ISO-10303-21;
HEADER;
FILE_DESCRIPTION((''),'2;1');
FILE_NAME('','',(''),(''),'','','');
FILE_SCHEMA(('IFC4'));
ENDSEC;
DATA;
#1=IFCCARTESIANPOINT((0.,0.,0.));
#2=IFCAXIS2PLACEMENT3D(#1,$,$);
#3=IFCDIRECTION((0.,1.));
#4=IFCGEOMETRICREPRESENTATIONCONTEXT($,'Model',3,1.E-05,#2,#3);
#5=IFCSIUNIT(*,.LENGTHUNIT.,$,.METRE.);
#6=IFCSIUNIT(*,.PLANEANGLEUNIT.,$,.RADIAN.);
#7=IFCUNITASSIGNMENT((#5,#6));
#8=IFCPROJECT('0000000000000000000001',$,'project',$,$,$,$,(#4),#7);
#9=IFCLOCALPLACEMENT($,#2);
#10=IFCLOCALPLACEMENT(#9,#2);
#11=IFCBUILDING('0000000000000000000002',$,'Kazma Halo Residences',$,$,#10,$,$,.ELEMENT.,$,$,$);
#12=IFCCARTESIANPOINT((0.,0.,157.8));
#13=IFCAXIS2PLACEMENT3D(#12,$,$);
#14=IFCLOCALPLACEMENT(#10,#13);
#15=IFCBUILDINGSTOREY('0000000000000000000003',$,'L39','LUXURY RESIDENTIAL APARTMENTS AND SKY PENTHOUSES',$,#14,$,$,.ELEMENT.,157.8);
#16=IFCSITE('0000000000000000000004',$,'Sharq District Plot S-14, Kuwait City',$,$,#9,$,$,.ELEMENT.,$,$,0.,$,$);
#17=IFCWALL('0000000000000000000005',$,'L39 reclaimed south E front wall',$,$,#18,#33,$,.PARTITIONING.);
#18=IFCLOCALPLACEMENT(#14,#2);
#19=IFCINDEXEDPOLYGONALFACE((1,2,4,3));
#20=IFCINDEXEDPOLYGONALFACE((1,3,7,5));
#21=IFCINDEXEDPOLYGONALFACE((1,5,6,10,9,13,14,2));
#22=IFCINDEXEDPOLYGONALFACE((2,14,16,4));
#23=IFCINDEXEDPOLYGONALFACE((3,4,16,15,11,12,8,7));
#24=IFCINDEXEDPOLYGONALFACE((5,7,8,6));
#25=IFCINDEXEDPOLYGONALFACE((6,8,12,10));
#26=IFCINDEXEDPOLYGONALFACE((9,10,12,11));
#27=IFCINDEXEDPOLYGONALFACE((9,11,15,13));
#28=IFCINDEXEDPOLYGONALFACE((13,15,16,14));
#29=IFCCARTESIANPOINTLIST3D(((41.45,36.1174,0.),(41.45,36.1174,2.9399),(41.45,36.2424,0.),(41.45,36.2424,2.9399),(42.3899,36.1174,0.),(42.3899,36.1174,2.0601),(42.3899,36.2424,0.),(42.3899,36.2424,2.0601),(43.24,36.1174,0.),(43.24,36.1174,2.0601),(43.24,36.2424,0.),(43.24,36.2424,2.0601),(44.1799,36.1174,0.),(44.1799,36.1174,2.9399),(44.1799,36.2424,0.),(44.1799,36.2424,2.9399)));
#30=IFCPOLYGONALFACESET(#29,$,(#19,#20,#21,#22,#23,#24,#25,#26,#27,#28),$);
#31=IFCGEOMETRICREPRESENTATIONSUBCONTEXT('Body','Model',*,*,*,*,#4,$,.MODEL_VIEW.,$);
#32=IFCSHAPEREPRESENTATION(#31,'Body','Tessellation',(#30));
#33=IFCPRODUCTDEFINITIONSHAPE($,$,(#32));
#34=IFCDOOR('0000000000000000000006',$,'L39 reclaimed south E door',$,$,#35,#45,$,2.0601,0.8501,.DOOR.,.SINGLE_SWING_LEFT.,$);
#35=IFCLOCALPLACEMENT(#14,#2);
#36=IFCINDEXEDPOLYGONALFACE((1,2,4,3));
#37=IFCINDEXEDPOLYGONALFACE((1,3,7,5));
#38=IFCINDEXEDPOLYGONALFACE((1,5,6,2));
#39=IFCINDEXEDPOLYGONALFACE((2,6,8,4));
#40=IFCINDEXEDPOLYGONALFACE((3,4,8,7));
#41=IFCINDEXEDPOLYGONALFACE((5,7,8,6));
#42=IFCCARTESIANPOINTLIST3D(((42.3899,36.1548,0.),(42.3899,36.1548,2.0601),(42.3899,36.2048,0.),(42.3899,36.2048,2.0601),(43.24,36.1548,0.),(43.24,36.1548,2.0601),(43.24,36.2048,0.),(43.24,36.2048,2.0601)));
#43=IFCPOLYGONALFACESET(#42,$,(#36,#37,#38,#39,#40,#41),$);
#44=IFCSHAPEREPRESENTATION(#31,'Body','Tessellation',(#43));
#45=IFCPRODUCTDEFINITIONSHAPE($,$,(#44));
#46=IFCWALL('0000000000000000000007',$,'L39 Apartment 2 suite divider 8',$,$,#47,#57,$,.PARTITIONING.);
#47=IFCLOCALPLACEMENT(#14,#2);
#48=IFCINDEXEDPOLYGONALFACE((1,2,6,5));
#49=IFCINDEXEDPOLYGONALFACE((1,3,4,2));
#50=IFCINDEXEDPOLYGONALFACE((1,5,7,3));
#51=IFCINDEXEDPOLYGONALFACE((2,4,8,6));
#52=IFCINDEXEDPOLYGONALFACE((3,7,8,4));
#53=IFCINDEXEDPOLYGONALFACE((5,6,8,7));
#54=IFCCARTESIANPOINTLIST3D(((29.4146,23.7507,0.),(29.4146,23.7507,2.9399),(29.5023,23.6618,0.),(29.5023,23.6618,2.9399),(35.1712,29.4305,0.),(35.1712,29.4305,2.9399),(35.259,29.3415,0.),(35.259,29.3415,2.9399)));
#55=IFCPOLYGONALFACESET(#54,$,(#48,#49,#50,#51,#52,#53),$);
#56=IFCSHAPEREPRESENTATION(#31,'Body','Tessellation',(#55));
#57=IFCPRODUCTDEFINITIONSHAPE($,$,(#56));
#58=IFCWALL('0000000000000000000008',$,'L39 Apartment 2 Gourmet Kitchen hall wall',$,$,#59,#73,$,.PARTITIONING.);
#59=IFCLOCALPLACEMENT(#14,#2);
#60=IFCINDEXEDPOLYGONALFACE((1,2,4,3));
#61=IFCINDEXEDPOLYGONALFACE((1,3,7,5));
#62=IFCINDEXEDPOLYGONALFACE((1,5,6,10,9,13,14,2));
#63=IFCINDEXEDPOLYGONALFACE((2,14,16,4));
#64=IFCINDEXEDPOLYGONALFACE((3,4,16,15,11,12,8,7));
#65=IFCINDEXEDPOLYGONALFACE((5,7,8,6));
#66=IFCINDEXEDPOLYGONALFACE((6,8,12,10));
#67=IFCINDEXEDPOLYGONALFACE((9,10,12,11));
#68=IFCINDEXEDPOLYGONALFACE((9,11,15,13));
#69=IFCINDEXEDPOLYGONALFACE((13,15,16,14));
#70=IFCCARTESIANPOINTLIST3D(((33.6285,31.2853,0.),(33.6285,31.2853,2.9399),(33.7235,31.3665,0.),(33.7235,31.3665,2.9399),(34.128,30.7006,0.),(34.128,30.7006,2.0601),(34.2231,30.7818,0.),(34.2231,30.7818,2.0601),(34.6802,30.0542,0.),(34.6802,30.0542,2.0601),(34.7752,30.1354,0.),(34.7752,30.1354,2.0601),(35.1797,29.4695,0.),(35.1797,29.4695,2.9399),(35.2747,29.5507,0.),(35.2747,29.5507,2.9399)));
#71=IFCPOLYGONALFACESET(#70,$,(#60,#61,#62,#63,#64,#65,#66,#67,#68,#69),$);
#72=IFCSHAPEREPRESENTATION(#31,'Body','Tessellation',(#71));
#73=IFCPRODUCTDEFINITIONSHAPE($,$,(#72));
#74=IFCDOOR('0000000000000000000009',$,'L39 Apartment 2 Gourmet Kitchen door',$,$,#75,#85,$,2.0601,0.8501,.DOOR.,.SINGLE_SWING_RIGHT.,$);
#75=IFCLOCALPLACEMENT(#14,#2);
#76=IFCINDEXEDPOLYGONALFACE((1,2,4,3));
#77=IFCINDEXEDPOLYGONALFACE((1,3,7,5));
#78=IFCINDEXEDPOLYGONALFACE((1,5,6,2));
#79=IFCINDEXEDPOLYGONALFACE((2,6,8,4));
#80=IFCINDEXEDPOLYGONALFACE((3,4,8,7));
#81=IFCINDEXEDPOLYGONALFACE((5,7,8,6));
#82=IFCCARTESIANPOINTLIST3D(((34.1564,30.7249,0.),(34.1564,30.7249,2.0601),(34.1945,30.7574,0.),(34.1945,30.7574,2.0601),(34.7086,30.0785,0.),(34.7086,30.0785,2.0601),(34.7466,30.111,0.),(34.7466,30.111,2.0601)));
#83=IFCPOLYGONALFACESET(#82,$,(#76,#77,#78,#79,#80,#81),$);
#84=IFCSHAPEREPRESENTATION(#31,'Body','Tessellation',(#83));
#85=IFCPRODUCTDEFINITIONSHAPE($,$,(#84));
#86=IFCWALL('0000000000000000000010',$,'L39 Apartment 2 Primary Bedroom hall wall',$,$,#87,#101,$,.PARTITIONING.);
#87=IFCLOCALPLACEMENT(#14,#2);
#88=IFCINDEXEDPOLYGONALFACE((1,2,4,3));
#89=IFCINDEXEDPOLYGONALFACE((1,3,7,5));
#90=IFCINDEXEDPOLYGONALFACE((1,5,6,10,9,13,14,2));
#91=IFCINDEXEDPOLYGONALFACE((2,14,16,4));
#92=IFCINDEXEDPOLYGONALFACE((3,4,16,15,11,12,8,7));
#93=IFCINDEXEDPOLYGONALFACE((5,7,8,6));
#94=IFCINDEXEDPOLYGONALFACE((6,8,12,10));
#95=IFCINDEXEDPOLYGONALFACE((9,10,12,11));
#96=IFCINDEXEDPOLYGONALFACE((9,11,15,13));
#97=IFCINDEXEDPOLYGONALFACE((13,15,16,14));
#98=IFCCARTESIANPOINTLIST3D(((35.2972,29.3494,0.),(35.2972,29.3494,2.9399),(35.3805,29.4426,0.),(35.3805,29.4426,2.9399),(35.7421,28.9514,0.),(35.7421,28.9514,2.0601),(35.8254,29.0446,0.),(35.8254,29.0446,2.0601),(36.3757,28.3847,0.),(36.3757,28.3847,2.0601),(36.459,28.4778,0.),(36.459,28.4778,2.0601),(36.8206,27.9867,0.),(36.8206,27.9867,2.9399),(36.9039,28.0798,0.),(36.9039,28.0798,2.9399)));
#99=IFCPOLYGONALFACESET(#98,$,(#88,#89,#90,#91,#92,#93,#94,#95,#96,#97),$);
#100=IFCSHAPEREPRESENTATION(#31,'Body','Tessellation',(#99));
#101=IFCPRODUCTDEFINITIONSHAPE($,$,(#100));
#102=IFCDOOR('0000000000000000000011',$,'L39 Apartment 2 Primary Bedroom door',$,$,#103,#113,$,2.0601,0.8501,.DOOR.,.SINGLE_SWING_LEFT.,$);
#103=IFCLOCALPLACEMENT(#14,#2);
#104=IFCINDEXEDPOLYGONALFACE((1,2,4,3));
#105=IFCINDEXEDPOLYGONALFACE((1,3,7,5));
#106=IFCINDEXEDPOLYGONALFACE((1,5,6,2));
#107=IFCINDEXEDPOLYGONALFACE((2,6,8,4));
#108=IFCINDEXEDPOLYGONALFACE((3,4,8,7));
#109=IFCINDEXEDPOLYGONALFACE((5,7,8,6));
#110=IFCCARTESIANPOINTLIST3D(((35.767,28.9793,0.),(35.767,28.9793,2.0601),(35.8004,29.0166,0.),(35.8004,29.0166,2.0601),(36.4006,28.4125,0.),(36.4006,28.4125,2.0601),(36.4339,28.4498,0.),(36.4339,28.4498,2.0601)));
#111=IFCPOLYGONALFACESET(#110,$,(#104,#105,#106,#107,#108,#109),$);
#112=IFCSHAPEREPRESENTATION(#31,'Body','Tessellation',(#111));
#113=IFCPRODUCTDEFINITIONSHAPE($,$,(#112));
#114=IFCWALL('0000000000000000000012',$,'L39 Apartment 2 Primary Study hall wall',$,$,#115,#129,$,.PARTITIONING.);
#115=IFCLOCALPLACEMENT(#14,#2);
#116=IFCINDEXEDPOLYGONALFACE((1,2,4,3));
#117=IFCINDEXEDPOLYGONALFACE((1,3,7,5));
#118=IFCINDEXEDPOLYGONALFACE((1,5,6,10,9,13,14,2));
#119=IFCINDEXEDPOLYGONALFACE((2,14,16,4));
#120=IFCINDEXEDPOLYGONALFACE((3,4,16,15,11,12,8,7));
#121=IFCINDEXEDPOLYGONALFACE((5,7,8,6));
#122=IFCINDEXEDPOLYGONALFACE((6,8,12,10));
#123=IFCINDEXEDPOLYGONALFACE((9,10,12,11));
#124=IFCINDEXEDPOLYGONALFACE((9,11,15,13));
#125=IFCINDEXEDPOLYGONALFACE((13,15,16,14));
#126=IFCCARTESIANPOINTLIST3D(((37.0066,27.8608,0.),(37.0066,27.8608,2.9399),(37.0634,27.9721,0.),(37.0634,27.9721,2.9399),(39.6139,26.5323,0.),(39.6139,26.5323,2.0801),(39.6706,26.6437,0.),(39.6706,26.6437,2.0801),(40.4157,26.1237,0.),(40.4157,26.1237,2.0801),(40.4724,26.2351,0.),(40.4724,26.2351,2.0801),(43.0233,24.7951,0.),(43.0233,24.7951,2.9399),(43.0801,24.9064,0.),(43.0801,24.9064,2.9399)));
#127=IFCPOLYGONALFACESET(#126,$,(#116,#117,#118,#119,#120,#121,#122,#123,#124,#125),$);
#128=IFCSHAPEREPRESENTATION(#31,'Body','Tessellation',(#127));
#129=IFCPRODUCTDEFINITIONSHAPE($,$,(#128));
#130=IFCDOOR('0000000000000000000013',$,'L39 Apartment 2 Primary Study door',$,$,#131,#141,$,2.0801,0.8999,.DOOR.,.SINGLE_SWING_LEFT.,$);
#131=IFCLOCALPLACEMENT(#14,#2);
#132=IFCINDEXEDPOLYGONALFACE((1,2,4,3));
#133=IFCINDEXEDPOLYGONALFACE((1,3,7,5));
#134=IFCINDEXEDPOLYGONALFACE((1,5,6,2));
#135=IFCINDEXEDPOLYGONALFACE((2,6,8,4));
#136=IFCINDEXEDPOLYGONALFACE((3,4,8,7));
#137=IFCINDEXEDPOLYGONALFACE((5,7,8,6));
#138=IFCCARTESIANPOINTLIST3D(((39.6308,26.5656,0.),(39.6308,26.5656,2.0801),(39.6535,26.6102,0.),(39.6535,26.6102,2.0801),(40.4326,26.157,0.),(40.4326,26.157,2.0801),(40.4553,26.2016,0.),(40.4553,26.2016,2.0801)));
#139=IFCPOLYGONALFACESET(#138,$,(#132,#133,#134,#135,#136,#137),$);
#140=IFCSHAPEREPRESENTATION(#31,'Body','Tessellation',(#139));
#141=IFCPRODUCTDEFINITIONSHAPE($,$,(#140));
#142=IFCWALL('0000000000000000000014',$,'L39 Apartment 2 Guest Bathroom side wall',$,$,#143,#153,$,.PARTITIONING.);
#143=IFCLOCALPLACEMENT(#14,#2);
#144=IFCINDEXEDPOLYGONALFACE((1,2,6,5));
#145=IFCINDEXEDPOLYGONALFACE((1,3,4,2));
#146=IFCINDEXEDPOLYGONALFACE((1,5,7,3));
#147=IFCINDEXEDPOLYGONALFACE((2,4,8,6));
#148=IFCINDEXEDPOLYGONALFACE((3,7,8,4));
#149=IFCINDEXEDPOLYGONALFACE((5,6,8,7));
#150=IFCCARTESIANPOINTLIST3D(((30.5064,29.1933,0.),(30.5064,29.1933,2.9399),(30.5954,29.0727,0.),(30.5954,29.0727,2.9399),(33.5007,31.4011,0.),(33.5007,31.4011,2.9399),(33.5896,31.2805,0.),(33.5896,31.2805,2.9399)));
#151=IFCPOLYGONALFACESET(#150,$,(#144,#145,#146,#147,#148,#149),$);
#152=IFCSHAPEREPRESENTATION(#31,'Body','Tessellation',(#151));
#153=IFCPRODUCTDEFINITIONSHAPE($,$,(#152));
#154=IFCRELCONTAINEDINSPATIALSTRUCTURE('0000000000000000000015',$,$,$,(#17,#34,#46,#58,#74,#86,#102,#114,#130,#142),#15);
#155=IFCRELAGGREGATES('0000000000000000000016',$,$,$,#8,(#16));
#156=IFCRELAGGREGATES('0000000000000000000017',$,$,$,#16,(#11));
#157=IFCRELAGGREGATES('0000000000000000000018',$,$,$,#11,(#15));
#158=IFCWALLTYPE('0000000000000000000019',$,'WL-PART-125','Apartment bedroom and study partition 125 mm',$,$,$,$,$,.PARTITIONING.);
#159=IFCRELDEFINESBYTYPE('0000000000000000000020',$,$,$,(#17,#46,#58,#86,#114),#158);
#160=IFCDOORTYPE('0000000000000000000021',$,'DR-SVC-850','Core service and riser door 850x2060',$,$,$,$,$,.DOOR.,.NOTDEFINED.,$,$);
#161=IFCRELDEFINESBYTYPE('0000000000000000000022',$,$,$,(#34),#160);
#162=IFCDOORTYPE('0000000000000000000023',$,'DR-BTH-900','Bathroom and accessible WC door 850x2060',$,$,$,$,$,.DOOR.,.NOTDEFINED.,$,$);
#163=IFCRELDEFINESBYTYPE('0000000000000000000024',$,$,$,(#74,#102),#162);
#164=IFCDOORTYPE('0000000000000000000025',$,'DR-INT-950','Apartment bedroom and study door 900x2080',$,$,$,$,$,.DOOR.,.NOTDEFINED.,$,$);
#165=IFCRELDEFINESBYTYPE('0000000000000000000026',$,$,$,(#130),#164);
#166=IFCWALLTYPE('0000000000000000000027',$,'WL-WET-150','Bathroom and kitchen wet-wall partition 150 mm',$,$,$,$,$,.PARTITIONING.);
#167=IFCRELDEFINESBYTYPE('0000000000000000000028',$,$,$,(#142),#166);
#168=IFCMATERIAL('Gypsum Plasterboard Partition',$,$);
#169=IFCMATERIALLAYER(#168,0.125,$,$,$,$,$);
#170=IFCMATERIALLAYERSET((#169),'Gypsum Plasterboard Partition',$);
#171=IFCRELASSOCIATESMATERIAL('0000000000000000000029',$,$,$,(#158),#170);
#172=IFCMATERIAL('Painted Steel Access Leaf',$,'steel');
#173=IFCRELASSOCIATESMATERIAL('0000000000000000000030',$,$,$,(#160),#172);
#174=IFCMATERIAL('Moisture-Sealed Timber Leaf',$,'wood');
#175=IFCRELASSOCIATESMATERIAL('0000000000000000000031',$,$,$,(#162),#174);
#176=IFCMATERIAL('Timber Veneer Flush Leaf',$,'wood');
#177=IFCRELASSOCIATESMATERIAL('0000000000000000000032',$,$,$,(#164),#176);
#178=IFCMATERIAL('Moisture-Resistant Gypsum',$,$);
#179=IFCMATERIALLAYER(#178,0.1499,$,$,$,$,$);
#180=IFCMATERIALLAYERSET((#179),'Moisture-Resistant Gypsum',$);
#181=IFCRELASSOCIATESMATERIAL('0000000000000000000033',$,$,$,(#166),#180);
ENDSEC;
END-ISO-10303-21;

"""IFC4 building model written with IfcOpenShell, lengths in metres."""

from ifc_helpers import new_model, si_unit, direction, frame, frame_2d, origin, place, context, subcontext, project, spatial, rectangle, extrude, material, layer, layer_set, type_object, element, fill, save


model = new_model("IFC4")

# Units and contexts
model_context = context("Model", 3, precision=1e-05, world=origin(), true_north=direction((0.0, 1.0)))
body_context = subcontext(model_context, "Body", "Model", "MODEL_VIEW")
ifc_project = project(units=[si_unit("LENGTHUNIT", "METRE"), si_unit("PLANEANGLEUNIT", "RADIAN")], contexts=[model_context])

# Site, building, storey
site_placement = place(None, origin())
site = spatial("IfcSite", under=ifc_project, at=site_placement, Name="Sharq District Plot S-14, Kuwait City", CompositionType="ELEMENT", RefElevation=0.0)
building_placement = place(site_placement, origin())
building = spatial("IfcBuilding", under=site, at=building_placement, Name="Kazma Halo Residences", CompositionType="ELEMENT")
storey_placement = place(building_placement, frame((0.0, 0.0, 157.8)))
storey = spatial("IfcBuildingStorey", under=building, at=storey_placement, Name="L39", Description="LUXURY RESIDENTIAL APARTMENTS AND SKY PENTHOUSES", CompositionType="ELEMENT", Elevation=157.8)

# Shared definitions
ifc_material_1 = material(Name="Gypsum Plasterboard Partition")
ifc_layer_1 = layer(ifc_material_1, 0.125)
ifc_layer_set_1 = layer_set([ifc_layer_1], Name="Gypsum Plasterboard Partition")
wall_type_1 = type_object("IfcWallType", Name="WL-PART-125", Description="Apartment bedroom and study partition 125 mm", PredefinedType="PARTITIONING", material=ifc_layer_set_1)

# Wall, opening, door
ifc_material_2 = material(Name="Painted Steel Access Leaf", Category="steel")
door_type_1 = type_object("IfcDoorType", Name="DR-SVC-850", Description="Core service and riser door 850x2060", OperationType="NOTDEFINED", PredefinedType="DOOR", material=ifc_material_2)
wall_1_placement = place(storey_placement, frame((41.45, 36.1799, 0.0), z_axis=(0.0, 0.0, 1.0), x_axis=(1.0, 0.0, 0.0)))
wall_1 = element("IfcWall", 1, at=wall_1_placement, inside=storey, type_object=wall_type_1, Name="L39 reclaimed south E front wall", PredefinedType="PARTITIONING", context=body_context, shape_type="SweptSolid", body=[
    extrude(rectangle(XDim=2.73, YDim=0.125, at=frame_2d((1.365, 0.0))), origin(), (0.0, 0.0, 1.0), 2.9399),
])
opening_1_placement = place(wall_1_placement, frame((0.9399, 0.0, 0.0)))
opening_1 = element("IfcOpeningElement", 2, at=opening_1_placement, cuts=wall_1, PredefinedType="OPENING", context=body_context, shape_type="SweptSolid", body=[
    extrude(rectangle(XDim=0.8501, YDim=2.0601, at=frame_2d((0.425, 1.03))), frame((0.0, 0.0725, 0.0), z_axis=(0.0, -1.0, 0.0), x_axis=(1.0, 0.0, 0.0)), (0.0, 0.0, 1.0), 0.145),
])
door_1_placement = place(opening_1_placement, origin())
door_1 = element("IfcDoor", 3, at=door_1_placement, inside=storey, type_object=door_type_1, Name="L39 reclaimed south E door", OperationType="SINGLE_SWING_LEFT", OverallHeight=2.0601, OverallWidth=0.8501, PredefinedType="DOOR", context=body_context, shape_type="SweptSolid", body=[
    extrude(rectangle(XDim=0.8501, YDim=2.0601, at=frame_2d((0.425, 1.03))), frame((0.0, 0.0249, 0.0), z_axis=(0.0, -1.0, 0.0), x_axis=(1.0, 0.0, 0.0)), (0.0, 0.0, 1.0), 0.05),
])
fill(opening_1, door_1)

# Wall
wall_2_placement = place(storey_placement, frame((35.2151, 29.386, 0.0), z_axis=(0.0, 0.0, 1.0), x_axis=(-0.711846, -0.702336, 0.0)))
element("IfcWall", 4, at=wall_2_placement, inside=storey, type_object=wall_type_1, Name="L39 Apartment 2 suite divider 8", PredefinedType="PARTITIONING", context=body_context, shape_type="SweptSolid", body=[
    extrude(rectangle(XDim=8.0869, YDim=0.125, at=frame_2d((4.0435, 0.0))), origin(), (0.0, 0.0, 1.0), 2.9399),
])

# Walls, openings, doors
wall_3_placement = place(storey_placement, frame((33.676, 31.3259, 0.0), z_axis=(0.0, 0.0, 1.0), x_axis=(0.649528, -0.760338, 0.0)))
wall_3 = element("IfcWall", 5, at=wall_3_placement, inside=storey, type_object=wall_type_1, Name="L39 Apartment 2 Gourmet Kitchen hall wall", PredefinedType="PARTITIONING", context=body_context, shape_type="SweptSolid", body=[
    extrude(rectangle(XDim=2.3882, YDim=0.125, at=frame_2d((1.1941, 0.0))), origin(), (0.0, 0.0, 1.0), 2.9399),
])
opening_2_placement = place(wall_3_placement, frame((0.769, 0.0, 0.0)))
opening_2 = element("IfcOpeningElement", 6, at=opening_2_placement, cuts=wall_3, PredefinedType="OPENING", context=body_context, shape_type="SweptSolid", body=[
    extrude(rectangle(XDim=0.8501, YDim=2.0601, at=frame_2d((0.425, 1.03))), frame((0.0, 0.0725, 0.0), z_axis=(0.0, -1.0, 0.0), x_axis=(1.0, 0.0, 0.0)), (0.0, 0.0, 1.0), 0.145),
])
ifc_material_3 = material(Name="Moisture-Sealed Timber Leaf", Category="wood")
door_type_2 = type_object("IfcDoorType", Name="DR-BTH-900", Description="Bathroom and accessible WC door 850x2060", OperationType="NOTDEFINED", PredefinedType="DOOR", material=ifc_material_3)
door_2_placement = place(opening_2_placement, origin())
door_2 = element("IfcDoor", 7, at=door_2_placement, inside=storey, type_object=door_type_2, Name="L39 Apartment 2 Gourmet Kitchen door", OperationType="SINGLE_SWING_RIGHT", OverallHeight=2.0601, OverallWidth=0.8501, PredefinedType="DOOR", context=body_context, shape_type="SweptSolid", body=[
    extrude(rectangle(XDim=0.8501, YDim=2.0601, at=frame_2d((0.425, 1.03))), frame((0.0, 0.0249, 0.0), z_axis=(0.0, -1.0, 0.0), x_axis=(1.0, 0.0, 0.0)), (0.0, 0.0, 1.0), 0.05),
])
fill(opening_2, door_2)
wall_4_placement = place(storey_placement, frame((35.3389, 29.396, 0.0), z_axis=(0.0, 0.0, 1.0), x_axis=(0.74531, -0.666718, 0.0)))
wall_4 = element("IfcWall", 8, at=wall_4_placement, inside=storey, type_object=wall_type_1, Name="L39 Apartment 2 Primary Bedroom hall wall", PredefinedType="PARTITIONING", context=body_context, shape_type="SweptSolid", body=[
    extrude(rectangle(XDim=2.0439, YDim=0.125, at=frame_2d((1.022, 0.0))), origin(), (0.0, 0.0, 1.0), 2.9399),
])
opening_3_placement = place(wall_4_placement, frame((0.5969, 0.0, 0.0)))
opening_3 = element("IfcOpeningElement", 9, at=opening_3_placement, cuts=wall_4, PredefinedType="OPENING", context=body_context, shape_type="SweptSolid", body=[
    extrude(rectangle(XDim=0.8501, YDim=2.0601, at=frame_2d((0.425, 1.03))), frame((0.0, 0.0725, 0.0), z_axis=(0.0, -1.0, 0.0), x_axis=(1.0, 0.0, 0.0)), (0.0, 0.0, 1.0), 0.145),
])
door_3_placement = place(opening_3_placement, origin())
door_3 = element("IfcDoor", 10, at=door_3_placement, inside=storey, type_object=door_type_2, Name="L39 Apartment 2 Primary Bedroom door", OperationType="SINGLE_SWING_LEFT", OverallHeight=2.0601, OverallWidth=0.8501, PredefinedType="DOOR", context=body_context, shape_type="SweptSolid", body=[
    extrude(rectangle(XDim=0.8501, YDim=2.0601, at=frame_2d((0.425, 1.03))), frame((0.0, 0.0249, 0.0), z_axis=(0.0, -1.0, 0.0), x_axis=(1.0, 0.0, 0.0)), (0.0, 0.0, 1.0), 0.05),
])
fill(opening_3, door_3)
wall_5_placement = place(storey_placement, frame((37.0349, 27.9165, 0.0), z_axis=(0.0, 0.0, 1.0), x_axis=(0.891003, -0.453998, 0.0)))
wall_5 = element("IfcWall", 11, at=wall_5_placement, inside=storey, type_object=wall_type_1, Name="L39 Apartment 2 Primary Study hall wall", PredefinedType="PARTITIONING", context=body_context, shape_type="SweptSolid", body=[
    extrude(rectangle(XDim=6.7527, YDim=0.125, at=frame_2d((3.3765, 0.0))), origin(), (0.0, 0.0, 1.0), 2.9399),
])
opening_4_placement = place(wall_5_placement, frame((2.9263, 0.0, 0.0)))
opening_4 = element("IfcOpeningElement", 12, at=opening_4_placement, cuts=wall_5, PredefinedType="OPENING", context=body_context, shape_type="SweptSolid", body=[
    extrude(rectangle(XDim=0.8999, YDim=2.0801, at=frame_2d((0.45, 1.04))), frame((0.0, 0.0725, 0.0), z_axis=(0.0, -1.0, 0.0), x_axis=(1.0, 0.0, 0.0)), (0.0, 0.0, 1.0), 0.145),
])
ifc_material_4 = material(Name="Timber Veneer Flush Leaf", Category="wood")
door_type_3 = type_object("IfcDoorType", Name="DR-INT-950", Description="Apartment bedroom and study door 900x2080", OperationType="NOTDEFINED", PredefinedType="DOOR", material=ifc_material_4)
door_4_placement = place(opening_4_placement, origin())
door_4 = element("IfcDoor", 13, at=door_4_placement, inside=storey, type_object=door_type_3, Name="L39 Apartment 2 Primary Study door", OperationType="SINGLE_SWING_LEFT", OverallHeight=2.0801, OverallWidth=0.8999, PredefinedType="DOOR", context=body_context, shape_type="SweptSolid", body=[
    extrude(rectangle(XDim=0.8999, YDim=2.0801, at=frame_2d((0.45, 1.04))), frame((0.0, 0.0249, 0.0), z_axis=(0.0, -1.0, 0.0), x_axis=(1.0, 0.0, 0.0)), (0.0, 0.0, 1.0), 0.05),
])
fill(opening_4, door_4)

# Wall
ifc_material_5 = material(Name="Moisture-Resistant Gypsum")
ifc_layer_2 = layer(ifc_material_5, 0.1499)
ifc_layer_set_2 = layer_set([ifc_layer_2], Name="Moisture-Resistant Gypsum")
wall_type_2 = type_object("IfcWallType", Name="WL-WET-150", Description="Bathroom and kitchen wet-wall partition 150 mm", PredefinedType="PARTITIONING", material=ifc_layer_set_2)
wall_6_placement = place(storey_placement, frame((33.5452, 31.3408, 0.0), z_axis=(0.0, 0.0, 1.0), x_axis=(-0.804856, -0.59347, 0.0)))
element("IfcWall", 14, at=wall_6_placement, inside=storey, type_object=wall_type_2, Name="L39 Apartment 2 Guest Bathroom side wall", PredefinedType="PARTITIONING", context=body_context, shape_type="SweptSolid", body=[
    extrude(rectangle(XDim=3.7202, YDim=0.1499, at=frame_2d((1.8601, 0.0))), origin(), (0.0, 0.0, 1.0), 2.9399),
])

save(model, "model.ifc")
